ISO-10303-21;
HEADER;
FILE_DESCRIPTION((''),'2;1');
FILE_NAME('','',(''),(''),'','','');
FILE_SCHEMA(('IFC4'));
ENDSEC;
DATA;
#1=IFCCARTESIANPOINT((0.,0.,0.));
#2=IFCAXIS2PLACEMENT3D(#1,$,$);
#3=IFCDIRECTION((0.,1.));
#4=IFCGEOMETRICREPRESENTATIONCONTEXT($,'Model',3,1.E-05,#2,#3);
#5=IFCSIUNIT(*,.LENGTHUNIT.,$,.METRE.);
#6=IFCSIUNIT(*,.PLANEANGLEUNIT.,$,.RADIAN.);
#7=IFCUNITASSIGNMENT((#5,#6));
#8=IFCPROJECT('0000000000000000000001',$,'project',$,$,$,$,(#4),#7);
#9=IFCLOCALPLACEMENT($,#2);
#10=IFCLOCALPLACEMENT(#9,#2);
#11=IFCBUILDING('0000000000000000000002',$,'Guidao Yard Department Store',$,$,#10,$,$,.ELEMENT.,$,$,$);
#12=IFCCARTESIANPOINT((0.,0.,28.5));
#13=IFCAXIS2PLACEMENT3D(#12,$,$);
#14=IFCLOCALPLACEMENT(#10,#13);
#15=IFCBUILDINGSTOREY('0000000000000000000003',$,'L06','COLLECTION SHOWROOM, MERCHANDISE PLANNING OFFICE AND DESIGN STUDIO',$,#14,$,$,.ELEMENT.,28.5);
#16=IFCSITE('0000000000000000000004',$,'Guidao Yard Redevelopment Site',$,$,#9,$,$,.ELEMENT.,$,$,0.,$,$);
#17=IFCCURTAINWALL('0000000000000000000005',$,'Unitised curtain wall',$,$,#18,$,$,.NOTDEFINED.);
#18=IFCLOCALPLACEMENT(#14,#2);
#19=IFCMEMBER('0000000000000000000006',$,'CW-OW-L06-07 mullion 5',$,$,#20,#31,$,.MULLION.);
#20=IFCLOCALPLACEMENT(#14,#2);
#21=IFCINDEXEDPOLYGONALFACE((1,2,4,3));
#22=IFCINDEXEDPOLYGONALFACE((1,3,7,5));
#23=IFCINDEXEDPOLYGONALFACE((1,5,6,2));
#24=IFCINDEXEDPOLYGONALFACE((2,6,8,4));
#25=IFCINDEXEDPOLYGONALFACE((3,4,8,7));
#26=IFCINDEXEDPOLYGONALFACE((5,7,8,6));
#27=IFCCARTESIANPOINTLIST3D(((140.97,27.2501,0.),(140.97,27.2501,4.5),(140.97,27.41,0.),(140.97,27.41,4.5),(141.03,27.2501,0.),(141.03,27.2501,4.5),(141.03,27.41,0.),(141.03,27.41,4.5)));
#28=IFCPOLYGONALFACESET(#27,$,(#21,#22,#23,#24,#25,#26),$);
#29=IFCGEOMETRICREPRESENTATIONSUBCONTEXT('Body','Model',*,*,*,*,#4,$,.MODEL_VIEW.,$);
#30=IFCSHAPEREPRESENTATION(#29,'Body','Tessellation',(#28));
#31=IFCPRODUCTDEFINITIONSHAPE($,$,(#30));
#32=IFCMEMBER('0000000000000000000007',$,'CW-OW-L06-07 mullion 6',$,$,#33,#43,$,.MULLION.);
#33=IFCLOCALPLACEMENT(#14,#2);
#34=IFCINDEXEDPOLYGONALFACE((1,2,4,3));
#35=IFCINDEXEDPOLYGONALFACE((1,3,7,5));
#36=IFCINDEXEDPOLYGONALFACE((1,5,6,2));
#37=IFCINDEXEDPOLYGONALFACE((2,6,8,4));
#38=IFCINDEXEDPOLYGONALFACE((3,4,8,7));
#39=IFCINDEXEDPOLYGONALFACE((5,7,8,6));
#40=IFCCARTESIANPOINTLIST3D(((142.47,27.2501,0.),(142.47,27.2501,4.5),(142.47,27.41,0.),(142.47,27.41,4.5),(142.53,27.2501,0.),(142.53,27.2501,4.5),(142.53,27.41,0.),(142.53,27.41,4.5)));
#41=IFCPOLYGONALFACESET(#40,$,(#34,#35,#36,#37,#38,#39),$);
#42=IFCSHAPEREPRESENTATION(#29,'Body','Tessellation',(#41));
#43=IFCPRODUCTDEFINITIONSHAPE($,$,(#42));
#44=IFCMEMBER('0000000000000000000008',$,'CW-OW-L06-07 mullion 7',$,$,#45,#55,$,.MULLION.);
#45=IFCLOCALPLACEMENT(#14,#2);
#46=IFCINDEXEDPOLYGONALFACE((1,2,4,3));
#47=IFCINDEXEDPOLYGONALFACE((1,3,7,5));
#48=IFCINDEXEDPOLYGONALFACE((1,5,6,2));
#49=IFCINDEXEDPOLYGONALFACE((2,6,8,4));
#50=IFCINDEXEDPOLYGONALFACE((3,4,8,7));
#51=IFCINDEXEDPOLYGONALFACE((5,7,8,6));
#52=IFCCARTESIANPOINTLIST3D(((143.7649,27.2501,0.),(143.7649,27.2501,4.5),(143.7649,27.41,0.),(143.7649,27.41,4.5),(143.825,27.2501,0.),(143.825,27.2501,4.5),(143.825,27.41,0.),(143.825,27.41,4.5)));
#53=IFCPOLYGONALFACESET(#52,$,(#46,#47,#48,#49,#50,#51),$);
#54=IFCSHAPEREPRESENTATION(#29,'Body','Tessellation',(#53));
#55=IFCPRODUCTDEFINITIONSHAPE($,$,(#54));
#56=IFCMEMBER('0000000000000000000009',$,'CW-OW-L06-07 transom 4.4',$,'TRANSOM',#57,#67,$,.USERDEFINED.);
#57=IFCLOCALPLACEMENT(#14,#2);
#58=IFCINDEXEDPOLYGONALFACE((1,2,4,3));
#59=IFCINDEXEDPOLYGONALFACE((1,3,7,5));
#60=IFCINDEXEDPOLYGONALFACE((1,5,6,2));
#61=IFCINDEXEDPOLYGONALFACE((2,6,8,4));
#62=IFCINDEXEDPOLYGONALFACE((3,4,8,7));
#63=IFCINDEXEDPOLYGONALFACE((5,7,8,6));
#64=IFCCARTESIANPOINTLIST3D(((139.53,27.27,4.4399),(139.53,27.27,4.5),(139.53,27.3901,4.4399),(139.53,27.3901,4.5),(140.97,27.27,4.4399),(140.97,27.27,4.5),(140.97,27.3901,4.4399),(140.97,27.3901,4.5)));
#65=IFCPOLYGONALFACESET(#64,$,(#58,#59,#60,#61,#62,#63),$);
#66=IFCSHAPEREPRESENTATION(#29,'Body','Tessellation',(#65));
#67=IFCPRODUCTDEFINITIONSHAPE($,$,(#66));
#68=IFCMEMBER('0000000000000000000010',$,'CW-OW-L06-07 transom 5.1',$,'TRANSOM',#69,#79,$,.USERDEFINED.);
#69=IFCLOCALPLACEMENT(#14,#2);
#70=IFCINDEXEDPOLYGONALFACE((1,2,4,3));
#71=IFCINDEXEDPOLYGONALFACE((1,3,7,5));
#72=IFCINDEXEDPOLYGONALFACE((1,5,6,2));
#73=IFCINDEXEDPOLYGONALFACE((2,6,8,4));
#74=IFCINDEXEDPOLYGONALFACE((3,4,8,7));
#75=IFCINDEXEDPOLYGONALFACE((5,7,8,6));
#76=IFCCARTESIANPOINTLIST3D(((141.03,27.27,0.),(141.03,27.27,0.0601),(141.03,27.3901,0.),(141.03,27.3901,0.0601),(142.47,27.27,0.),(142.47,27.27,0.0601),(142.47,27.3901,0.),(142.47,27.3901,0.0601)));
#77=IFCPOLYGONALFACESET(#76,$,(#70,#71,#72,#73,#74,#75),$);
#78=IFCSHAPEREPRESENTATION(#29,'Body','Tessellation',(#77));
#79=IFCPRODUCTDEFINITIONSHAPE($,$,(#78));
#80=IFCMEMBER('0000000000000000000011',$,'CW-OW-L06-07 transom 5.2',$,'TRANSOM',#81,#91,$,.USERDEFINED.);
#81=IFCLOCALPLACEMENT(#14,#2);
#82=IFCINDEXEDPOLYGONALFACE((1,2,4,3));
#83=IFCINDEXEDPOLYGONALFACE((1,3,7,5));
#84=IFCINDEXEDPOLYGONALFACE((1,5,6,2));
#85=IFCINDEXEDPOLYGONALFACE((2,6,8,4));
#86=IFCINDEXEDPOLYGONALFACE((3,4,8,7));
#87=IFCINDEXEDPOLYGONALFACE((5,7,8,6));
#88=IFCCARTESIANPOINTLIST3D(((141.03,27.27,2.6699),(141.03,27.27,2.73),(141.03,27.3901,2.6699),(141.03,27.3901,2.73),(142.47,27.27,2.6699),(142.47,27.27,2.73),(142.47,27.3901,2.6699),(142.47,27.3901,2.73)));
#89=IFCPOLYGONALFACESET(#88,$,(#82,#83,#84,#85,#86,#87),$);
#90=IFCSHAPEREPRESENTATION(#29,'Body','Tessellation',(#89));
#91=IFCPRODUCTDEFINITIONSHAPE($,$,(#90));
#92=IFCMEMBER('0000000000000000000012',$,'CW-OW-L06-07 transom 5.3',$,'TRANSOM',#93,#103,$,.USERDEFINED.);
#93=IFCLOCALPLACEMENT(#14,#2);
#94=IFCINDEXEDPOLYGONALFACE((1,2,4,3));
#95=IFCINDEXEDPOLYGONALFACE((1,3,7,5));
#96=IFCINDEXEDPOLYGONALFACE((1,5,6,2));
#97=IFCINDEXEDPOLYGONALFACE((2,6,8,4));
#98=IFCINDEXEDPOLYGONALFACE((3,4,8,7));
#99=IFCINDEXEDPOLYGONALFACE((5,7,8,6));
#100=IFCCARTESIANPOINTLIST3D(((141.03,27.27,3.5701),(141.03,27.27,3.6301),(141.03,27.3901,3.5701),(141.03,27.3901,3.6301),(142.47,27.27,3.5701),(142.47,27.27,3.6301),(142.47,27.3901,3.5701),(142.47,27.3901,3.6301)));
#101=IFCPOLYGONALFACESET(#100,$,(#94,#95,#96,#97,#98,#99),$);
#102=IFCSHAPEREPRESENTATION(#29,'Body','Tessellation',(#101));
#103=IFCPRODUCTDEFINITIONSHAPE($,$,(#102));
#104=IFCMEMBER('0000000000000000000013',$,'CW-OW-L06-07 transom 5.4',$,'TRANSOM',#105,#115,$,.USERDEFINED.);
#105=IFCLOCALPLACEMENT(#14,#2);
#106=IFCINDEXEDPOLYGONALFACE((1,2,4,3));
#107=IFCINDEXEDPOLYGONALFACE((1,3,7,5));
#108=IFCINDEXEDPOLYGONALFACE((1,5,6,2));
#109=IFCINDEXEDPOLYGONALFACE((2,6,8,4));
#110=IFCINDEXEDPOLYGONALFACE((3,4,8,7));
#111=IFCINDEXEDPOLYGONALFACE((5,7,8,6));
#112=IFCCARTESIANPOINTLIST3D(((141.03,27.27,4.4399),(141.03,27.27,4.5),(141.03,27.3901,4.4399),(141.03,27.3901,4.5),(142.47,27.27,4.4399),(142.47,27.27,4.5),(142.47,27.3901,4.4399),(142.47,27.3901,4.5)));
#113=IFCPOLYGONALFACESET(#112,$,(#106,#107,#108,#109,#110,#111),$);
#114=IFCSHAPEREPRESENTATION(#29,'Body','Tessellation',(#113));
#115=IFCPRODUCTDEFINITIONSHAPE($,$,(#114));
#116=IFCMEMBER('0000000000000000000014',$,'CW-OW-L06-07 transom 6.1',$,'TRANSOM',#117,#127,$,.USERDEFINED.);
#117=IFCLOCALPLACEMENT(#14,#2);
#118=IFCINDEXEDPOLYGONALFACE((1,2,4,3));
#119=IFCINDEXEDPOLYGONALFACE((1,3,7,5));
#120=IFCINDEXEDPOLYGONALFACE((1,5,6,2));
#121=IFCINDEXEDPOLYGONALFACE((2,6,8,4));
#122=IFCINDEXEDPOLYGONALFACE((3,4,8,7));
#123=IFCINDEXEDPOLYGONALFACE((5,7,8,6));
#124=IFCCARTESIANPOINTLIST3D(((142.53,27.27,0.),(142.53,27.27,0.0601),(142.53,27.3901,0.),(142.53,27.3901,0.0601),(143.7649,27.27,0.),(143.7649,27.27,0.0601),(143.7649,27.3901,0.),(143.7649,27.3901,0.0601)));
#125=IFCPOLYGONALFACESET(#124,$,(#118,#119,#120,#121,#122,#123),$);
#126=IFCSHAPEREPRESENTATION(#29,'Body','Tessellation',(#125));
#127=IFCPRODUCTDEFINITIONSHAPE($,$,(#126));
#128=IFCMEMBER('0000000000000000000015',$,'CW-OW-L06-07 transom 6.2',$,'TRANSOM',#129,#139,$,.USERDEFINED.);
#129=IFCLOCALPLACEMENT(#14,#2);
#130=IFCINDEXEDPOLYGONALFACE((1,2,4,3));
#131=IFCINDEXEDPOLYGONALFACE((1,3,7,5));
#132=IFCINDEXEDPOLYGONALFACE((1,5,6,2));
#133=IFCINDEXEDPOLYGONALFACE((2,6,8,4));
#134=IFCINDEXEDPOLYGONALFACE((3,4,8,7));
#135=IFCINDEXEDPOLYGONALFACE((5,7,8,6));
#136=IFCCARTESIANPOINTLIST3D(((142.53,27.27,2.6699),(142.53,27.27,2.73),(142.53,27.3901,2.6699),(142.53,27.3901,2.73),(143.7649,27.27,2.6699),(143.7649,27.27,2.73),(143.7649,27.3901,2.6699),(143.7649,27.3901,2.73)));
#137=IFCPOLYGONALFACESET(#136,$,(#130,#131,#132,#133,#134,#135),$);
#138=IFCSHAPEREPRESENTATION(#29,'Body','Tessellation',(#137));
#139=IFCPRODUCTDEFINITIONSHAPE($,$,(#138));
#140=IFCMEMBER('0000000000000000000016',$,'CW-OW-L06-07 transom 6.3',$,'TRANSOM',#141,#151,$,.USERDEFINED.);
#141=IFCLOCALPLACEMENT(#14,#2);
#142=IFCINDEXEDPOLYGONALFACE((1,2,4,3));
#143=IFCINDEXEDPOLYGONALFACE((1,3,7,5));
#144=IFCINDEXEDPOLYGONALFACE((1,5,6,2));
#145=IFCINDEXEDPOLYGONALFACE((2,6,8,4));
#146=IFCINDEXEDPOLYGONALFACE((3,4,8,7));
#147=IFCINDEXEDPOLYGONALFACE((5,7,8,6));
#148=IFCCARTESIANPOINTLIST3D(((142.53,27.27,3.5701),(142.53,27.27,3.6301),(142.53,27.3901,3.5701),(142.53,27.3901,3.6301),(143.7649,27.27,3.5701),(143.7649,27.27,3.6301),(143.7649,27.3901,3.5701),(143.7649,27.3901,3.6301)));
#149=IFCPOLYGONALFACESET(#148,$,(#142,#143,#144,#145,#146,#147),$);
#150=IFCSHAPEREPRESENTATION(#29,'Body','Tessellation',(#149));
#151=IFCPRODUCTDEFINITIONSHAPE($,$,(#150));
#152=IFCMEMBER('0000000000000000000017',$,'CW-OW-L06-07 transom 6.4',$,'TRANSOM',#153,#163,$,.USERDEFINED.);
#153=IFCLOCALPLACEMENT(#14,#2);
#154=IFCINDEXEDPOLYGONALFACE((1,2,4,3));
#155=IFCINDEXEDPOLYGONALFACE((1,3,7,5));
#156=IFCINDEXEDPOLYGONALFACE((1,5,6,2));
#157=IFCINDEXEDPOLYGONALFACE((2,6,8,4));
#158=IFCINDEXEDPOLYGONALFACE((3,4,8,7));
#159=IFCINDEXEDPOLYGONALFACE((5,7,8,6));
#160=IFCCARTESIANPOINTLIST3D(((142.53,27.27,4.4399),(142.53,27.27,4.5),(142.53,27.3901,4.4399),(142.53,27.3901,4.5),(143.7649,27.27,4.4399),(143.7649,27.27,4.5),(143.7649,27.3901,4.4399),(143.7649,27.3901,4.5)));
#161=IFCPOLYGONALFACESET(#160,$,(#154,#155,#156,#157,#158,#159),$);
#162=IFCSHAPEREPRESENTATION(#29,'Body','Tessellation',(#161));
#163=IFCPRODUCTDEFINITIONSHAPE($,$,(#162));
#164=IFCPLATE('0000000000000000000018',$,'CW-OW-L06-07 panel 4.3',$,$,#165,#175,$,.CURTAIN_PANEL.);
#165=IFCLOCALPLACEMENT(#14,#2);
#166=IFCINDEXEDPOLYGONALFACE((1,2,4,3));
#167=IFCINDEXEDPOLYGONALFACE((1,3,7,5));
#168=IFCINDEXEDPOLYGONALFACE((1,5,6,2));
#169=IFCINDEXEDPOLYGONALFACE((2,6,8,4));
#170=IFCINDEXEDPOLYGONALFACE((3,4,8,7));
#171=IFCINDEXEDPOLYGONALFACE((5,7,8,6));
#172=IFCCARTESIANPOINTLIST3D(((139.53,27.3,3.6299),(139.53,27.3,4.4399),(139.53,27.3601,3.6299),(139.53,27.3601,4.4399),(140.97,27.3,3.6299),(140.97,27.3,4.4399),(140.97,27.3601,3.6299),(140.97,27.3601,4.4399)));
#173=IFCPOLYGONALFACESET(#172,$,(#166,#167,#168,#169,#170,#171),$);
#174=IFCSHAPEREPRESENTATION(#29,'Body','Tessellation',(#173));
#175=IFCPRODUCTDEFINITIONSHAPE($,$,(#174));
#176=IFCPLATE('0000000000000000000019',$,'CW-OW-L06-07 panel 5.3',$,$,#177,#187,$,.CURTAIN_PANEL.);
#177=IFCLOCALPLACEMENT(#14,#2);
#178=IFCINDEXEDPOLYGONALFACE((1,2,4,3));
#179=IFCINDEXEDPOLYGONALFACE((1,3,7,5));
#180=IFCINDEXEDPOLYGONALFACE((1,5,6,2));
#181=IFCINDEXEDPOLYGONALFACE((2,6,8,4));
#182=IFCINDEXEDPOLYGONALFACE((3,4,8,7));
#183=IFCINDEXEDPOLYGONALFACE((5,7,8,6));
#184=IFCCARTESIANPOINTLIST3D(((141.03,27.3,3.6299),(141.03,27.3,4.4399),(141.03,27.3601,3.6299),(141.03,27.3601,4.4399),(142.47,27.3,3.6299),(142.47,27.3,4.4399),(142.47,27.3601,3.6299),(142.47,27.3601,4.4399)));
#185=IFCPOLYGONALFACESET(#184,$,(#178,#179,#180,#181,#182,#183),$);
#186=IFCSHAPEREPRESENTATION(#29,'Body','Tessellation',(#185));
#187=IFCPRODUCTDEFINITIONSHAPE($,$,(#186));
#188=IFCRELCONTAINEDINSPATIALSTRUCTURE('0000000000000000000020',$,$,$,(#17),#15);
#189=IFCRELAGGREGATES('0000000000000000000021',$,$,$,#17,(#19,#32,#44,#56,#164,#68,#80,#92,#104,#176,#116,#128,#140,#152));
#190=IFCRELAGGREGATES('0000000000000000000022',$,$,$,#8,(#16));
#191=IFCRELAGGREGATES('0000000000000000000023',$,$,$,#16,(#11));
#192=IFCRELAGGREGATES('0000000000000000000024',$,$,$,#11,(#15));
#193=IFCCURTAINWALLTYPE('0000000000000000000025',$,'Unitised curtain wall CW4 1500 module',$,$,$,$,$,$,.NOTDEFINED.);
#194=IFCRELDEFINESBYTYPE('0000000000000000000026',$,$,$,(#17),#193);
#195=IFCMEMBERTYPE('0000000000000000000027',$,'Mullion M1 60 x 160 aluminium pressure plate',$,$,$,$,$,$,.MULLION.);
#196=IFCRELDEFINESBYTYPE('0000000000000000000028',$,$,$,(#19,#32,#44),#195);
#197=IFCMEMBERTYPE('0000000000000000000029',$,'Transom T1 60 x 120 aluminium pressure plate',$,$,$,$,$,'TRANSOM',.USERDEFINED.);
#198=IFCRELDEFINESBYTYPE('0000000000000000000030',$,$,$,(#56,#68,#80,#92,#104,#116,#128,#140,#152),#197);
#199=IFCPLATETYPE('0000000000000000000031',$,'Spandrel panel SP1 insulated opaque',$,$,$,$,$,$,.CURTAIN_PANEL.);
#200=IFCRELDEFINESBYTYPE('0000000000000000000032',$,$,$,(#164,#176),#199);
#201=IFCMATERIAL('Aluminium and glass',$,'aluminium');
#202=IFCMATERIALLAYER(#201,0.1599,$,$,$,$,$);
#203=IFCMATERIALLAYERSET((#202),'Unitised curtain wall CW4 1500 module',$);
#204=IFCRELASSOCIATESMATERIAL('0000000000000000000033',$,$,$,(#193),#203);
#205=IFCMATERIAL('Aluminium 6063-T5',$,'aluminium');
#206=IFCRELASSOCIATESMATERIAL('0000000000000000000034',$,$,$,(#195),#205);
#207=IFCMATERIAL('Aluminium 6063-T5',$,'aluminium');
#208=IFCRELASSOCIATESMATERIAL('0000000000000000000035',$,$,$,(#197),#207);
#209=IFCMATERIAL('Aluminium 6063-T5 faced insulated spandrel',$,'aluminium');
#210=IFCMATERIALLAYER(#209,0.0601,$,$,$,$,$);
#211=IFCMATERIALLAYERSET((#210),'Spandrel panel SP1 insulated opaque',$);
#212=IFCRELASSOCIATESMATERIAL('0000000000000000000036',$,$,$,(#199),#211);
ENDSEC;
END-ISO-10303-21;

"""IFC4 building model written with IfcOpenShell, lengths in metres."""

from ifc_helpers import new_model, si_unit, direction, frame, origin, origin_2d, place, context, subcontext, project, spatial, rectangle, extrude, material, layer, layer_set, material_profile, profile_set, type_object, element, aggregate, save


model = new_model("IFC4")

# Units and contexts
model_context = context("Model", 3, precision=1e-05, world=origin(), true_north=direction((0.0, 1.0)))
body_context = subcontext(model_context, "Body", "Model", "MODEL_VIEW")
ifc_project = project(units=[si_unit("LENGTHUNIT", "METRE"), si_unit("PLANEANGLEUNIT", "RADIAN")], contexts=[model_context])

# Site, building, storey
site_placement = place(None, origin())
site = spatial("IfcSite", under=ifc_project, at=site_placement, Name="Guidao Yard Redevelopment Site", CompositionType="ELEMENT", RefElevation=0.0)
building_placement = place(site_placement, origin())
building = spatial("IfcBuilding", under=site, at=building_placement, Name="Guidao Yard Department Store", CompositionType="ELEMENT")
storey_placement = place(building_placement, frame((0.0, 0.0, 28.5)))
storey = spatial("IfcBuildingStorey", under=building, at=storey_placement, Name="L06", Description="COLLECTION SHOWROOM, MERCHANDISE PLANNING OFFICE AND DESIGN STUDIO", CompositionType="ELEMENT", Elevation=28.5)

# Curtain wall, members, plates
ifc_material_1 = material(Name="Aluminium and glass", Category="aluminium")
ifc_layer_1 = layer(ifc_material_1, 0.1599)
ifc_layer_set_1 = layer_set([ifc_layer_1], Name="Unitised curtain wall CW4 1500 module")
curtain_wall_type = type_object("IfcCurtainWallType", Name="Unitised curtain wall CW4 1500 module", PredefinedType="NOTDEFINED", material=ifc_layer_set_1)
curtain_wall_placement = place(storey_placement, origin())
curtain_wall = element("IfcCurtainWall", 1, at=curtain_wall_placement, inside=storey, type_object=curtain_wall_type, Name="Unitised curtain wall", PredefinedType="NOTDEFINED")
ifc_material_2 = material(Name="Aluminium 6063-T5", Category="aluminium")
ifc_material_profile_1 = material_profile(ifc_material_2, rectangle(XDim=0.0601, YDim=0.1599, at=origin_2d()), Name="Mullion M1 60 x 160 aluminium pressure plate")
ifc_profile_set_1 = profile_set([ifc_material_profile_1], Name="Aluminium 6063-T5")
member_type_1 = type_object("IfcMemberType", Name="Mullion M1 60 x 160 aluminium pressure plate", PredefinedType="MULLION", material=ifc_profile_set_1)
member_1_placement = place(storey_placement, frame((141.0, 27.3301, 0.0), z_axis=(0.0, 0.0, 1.0), x_axis=(1.0, 0.0, 0.0)))
member_1 = element("IfcMember", 2, at=member_1_placement, type_object=member_type_1, Name="CW-OW-L06-07 mullion 5", PredefinedType="MULLION", context=body_context, shape_type="SweptSolid", body=[
    extrude(rectangle(XDim=0.0601, YDim=0.1599, at=origin_2d()), origin(), (0.0, 0.0, 1.0), 4.5),
])
member_2_placement = place(storey_placement, frame((142.5, 27.3301, 0.0), z_axis=(0.0, 0.0, 1.0), x_axis=(1.0, 0.0, 0.0)))
member_2 = element("IfcMember", 3, at=member_2_placement, type_object=member_type_1, Name="CW-OW-L06-07 mullion 6", PredefinedType="MULLION", context=body_context, shape_type="SweptSolid", body=[
    extrude(rectangle(XDim=0.0601, YDim=0.1599, at=origin_2d()), origin(), (0.0, 0.0, 1.0), 4.5),
])
member_3_placement = place(storey_placement, frame((143.7949, 27.3301, 0.0), z_axis=(0.0, 0.0, 1.0), x_axis=(1.0, 0.0, 0.0)))
member_3 = element("IfcMember", 4, at=member_3_placement, type_object=member_type_1, Name="CW-OW-L06-07 mullion 7", PredefinedType="MULLION", context=body_context, shape_type="SweptSolid", body=[
    extrude(rectangle(XDim=0.0601, YDim=0.1599, at=origin_2d()), origin(), (0.0, 0.0, 1.0), 4.5),
])
ifc_material_3 = material(Name="Aluminium 6063-T5", Category="aluminium")
ifc_material_profile_2 = material_profile(ifc_material_3, rectangle(XDim=0.1201, YDim=0.0601, at=origin_2d()), Name="Transom T1 60 x 120 aluminium pressure plate")
ifc_profile_set_2 = profile_set([ifc_material_profile_2], Name="Aluminium 6063-T5")
member_type_2 = type_object("IfcMemberType", Name="Transom T1 60 x 120 aluminium pressure plate", ElementType="TRANSOM", PredefinedType="USERDEFINED", material=ifc_profile_set_2)
member_4_placement = place(storey_placement, frame((139.53, 27.3301, 4.47), z_axis=(1.0, 0.0, 0.0), x_axis=(0.0, 1.0, 0.0)))
member_4 = element("IfcMember", 5, at=member_4_placement, type_object=member_type_2, Name="CW-OW-L06-07 transom 4.4", ObjectType="TRANSOM", PredefinedType="USERDEFINED", context=body_context, shape_type="SweptSolid", body=[
    extrude(rectangle(XDim=0.1201, YDim=0.0601, at=origin_2d()), origin(), (0.0, 0.0, 1.0), 1.4399),
])
member_5_placement = place(storey_placement, frame((141.03, 27.3301, 0.03), z_axis=(1.0, 0.0, 0.0), x_axis=(0.0, 1.0, 0.0)))
member_5 = element("IfcMember", 6, at=member_5_placement, type_object=member_type_2, Name="CW-OW-L06-07 transom 5.1", ObjectType="TRANSOM", PredefinedType="USERDEFINED", context=body_context, shape_type="SweptSolid", body=[
    extrude(rectangle(XDim=0.1201, YDim=0.0601, at=origin_2d()), origin(), (0.0, 0.0, 1.0), 1.4399),
])
member_6_placement = place(storey_placement, frame((141.03, 27.3301, 2.7), z_axis=(1.0, 0.0, 0.0), x_axis=(0.0, 1.0, 0.0)))
member_6 = element("IfcMember", 7, at=member_6_placement, type_object=member_type_2, Name="CW-OW-L06-07 transom 5.2", ObjectType="TRANSOM", PredefinedType="USERDEFINED", context=body_context, shape_type="SweptSolid", body=[
    extrude(rectangle(XDim=0.1201, YDim=0.0601, at=origin_2d()), origin(), (0.0, 0.0, 1.0), 1.4399),
])
member_7_placement = place(storey_placement, frame((141.03, 27.3301, 3.6001), z_axis=(1.0, 0.0, 0.0), x_axis=(0.0, 1.0, 0.0)))
member_7 = element("IfcMember", 8, at=member_7_placement, type_object=member_type_2, Name="CW-OW-L06-07 transom 5.3", ObjectType="TRANSOM", PredefinedType="USERDEFINED", context=body_context, shape_type="SweptSolid", body=[
    extrude(rectangle(XDim=0.1201, YDim=0.0601, at=origin_2d()), origin(), (0.0, 0.0, 1.0), 1.4399),
])
member_8_placement = place(storey_placement, frame((141.03, 27.3301, 4.47), z_axis=(1.0, 0.0, 0.0), x_axis=(0.0, 1.0, 0.0)))
member_8 = element("IfcMember", 9, at=member_8_placement, type_object=member_type_2, Name="CW-OW-L06-07 transom 5.4", ObjectType="TRANSOM", PredefinedType="USERDEFINED", context=body_context, shape_type="SweptSolid", body=[
    extrude(rectangle(XDim=0.1201, YDim=0.0601, at=origin_2d()), origin(), (0.0, 0.0, 1.0), 1.4399),
])
member_9_placement = place(storey_placement, frame((142.53, 27.3301, 0.03), z_axis=(1.0, 0.0, 0.0), x_axis=(0.0, 1.0, 0.0)))
member_9 = element("IfcMember", 10, at=member_9_placement, type_object=member_type_2, Name="CW-OW-L06-07 transom 6.1", ObjectType="TRANSOM", PredefinedType="USERDEFINED", context=body_context, shape_type="SweptSolid", body=[
    extrude(rectangle(XDim=0.1201, YDim=0.0601, at=origin_2d()), origin(), (0.0, 0.0, 1.0), 1.2349),
])
member_10_placement = place(storey_placement, frame((142.53, 27.3301, 2.7), z_axis=(1.0, 0.0, 0.0), x_axis=(0.0, 1.0, 0.0)))
member_10 = element("IfcMember", 11, at=member_10_placement, type_object=member_type_2, Name="CW-OW-L06-07 transom 6.2", ObjectType="TRANSOM", PredefinedType="USERDEFINED", context=body_context, shape_type="SweptSolid", body=[
    extrude(rectangle(XDim=0.1201, YDim=0.0601, at=origin_2d()), origin(), (0.0, 0.0, 1.0), 1.2349),
])
member_11_placement = place(storey_placement, frame((142.53, 27.3301, 3.6001), z_axis=(1.0, 0.0, 0.0), x_axis=(0.0, 1.0, 0.0)))
member_11 = element("IfcMember", 12, at=member_11_placement, type_object=member_type_2, Name="CW-OW-L06-07 transom 6.3", ObjectType="TRANSOM", PredefinedType="USERDEFINED", context=body_context, shape_type="SweptSolid", body=[
    extrude(rectangle(XDim=0.1201, YDim=0.0601, at=origin_2d()), origin(), (0.0, 0.0, 1.0), 1.2349),
])
member_12_placement = place(storey_placement, frame((142.53, 27.3301, 4.47), z_axis=(1.0, 0.0, 0.0), x_axis=(0.0, 1.0, 0.0)))
member_12 = element("IfcMember", 13, at=member_12_placement, type_object=member_type_2, Name="CW-OW-L06-07 transom 6.4", ObjectType="TRANSOM", PredefinedType="USERDEFINED", context=body_context, shape_type="SweptSolid", body=[
    extrude(rectangle(XDim=0.1201, YDim=0.0601, at=origin_2d()), origin(), (0.0, 0.0, 1.0), 1.2349),
])
ifc_material_4 = material(Name="Aluminium 6063-T5 faced insulated spandrel", Category="aluminium")
ifc_layer_2 = layer(ifc_material_4, 0.0601)
ifc_layer_set_2 = layer_set([ifc_layer_2], Name="Spandrel panel SP1 insulated opaque")
plate_type_1 = type_object("IfcPlateType", Name="Spandrel panel SP1 insulated opaque", PredefinedType="CURTAIN_PANEL", material=ifc_layer_set_2)
plate_1_placement = place(storey_placement, frame((140.25, 27.3301, 3.6299), z_axis=(0.0, 0.0, 1.0), x_axis=(1.0, 0.0, 0.0)))
plate_1 = element("IfcPlate", 14, at=plate_1_placement, type_object=plate_type_1, Name="CW-OW-L06-07 panel 4.3", PredefinedType="CURTAIN_PANEL", context=body_context, shape_type="SweptSolid", body=[
    extrude(rectangle(XDim=1.4399, YDim=0.0601, at=origin_2d()), origin(), (0.0, 0.0, 1.0), 0.8101),
])
plate_2_placement = place(storey_placement, frame((141.75, 27.3301, 3.6299), z_axis=(0.0, 0.0, 1.0), x_axis=(1.0, 0.0, 0.0)))
plate_2 = element("IfcPlate", 15, at=plate_2_placement, type_object=plate_type_1, Name="CW-OW-L06-07 panel 5.3", PredefinedType="CURTAIN_PANEL", context=body_context, shape_type="SweptSolid", body=[
    extrude(rectangle(XDim=1.4399, YDim=0.0601, at=origin_2d()), origin(), (0.0, 0.0, 1.0), 0.8101),
])
aggregate(curtain_wall, [member_1, member_2, member_3, member_4, plate_1, member_5, member_6, member_7, member_8, plate_2, member_9, member_10, member_11, member_12])

save(model, "model.ifc")
